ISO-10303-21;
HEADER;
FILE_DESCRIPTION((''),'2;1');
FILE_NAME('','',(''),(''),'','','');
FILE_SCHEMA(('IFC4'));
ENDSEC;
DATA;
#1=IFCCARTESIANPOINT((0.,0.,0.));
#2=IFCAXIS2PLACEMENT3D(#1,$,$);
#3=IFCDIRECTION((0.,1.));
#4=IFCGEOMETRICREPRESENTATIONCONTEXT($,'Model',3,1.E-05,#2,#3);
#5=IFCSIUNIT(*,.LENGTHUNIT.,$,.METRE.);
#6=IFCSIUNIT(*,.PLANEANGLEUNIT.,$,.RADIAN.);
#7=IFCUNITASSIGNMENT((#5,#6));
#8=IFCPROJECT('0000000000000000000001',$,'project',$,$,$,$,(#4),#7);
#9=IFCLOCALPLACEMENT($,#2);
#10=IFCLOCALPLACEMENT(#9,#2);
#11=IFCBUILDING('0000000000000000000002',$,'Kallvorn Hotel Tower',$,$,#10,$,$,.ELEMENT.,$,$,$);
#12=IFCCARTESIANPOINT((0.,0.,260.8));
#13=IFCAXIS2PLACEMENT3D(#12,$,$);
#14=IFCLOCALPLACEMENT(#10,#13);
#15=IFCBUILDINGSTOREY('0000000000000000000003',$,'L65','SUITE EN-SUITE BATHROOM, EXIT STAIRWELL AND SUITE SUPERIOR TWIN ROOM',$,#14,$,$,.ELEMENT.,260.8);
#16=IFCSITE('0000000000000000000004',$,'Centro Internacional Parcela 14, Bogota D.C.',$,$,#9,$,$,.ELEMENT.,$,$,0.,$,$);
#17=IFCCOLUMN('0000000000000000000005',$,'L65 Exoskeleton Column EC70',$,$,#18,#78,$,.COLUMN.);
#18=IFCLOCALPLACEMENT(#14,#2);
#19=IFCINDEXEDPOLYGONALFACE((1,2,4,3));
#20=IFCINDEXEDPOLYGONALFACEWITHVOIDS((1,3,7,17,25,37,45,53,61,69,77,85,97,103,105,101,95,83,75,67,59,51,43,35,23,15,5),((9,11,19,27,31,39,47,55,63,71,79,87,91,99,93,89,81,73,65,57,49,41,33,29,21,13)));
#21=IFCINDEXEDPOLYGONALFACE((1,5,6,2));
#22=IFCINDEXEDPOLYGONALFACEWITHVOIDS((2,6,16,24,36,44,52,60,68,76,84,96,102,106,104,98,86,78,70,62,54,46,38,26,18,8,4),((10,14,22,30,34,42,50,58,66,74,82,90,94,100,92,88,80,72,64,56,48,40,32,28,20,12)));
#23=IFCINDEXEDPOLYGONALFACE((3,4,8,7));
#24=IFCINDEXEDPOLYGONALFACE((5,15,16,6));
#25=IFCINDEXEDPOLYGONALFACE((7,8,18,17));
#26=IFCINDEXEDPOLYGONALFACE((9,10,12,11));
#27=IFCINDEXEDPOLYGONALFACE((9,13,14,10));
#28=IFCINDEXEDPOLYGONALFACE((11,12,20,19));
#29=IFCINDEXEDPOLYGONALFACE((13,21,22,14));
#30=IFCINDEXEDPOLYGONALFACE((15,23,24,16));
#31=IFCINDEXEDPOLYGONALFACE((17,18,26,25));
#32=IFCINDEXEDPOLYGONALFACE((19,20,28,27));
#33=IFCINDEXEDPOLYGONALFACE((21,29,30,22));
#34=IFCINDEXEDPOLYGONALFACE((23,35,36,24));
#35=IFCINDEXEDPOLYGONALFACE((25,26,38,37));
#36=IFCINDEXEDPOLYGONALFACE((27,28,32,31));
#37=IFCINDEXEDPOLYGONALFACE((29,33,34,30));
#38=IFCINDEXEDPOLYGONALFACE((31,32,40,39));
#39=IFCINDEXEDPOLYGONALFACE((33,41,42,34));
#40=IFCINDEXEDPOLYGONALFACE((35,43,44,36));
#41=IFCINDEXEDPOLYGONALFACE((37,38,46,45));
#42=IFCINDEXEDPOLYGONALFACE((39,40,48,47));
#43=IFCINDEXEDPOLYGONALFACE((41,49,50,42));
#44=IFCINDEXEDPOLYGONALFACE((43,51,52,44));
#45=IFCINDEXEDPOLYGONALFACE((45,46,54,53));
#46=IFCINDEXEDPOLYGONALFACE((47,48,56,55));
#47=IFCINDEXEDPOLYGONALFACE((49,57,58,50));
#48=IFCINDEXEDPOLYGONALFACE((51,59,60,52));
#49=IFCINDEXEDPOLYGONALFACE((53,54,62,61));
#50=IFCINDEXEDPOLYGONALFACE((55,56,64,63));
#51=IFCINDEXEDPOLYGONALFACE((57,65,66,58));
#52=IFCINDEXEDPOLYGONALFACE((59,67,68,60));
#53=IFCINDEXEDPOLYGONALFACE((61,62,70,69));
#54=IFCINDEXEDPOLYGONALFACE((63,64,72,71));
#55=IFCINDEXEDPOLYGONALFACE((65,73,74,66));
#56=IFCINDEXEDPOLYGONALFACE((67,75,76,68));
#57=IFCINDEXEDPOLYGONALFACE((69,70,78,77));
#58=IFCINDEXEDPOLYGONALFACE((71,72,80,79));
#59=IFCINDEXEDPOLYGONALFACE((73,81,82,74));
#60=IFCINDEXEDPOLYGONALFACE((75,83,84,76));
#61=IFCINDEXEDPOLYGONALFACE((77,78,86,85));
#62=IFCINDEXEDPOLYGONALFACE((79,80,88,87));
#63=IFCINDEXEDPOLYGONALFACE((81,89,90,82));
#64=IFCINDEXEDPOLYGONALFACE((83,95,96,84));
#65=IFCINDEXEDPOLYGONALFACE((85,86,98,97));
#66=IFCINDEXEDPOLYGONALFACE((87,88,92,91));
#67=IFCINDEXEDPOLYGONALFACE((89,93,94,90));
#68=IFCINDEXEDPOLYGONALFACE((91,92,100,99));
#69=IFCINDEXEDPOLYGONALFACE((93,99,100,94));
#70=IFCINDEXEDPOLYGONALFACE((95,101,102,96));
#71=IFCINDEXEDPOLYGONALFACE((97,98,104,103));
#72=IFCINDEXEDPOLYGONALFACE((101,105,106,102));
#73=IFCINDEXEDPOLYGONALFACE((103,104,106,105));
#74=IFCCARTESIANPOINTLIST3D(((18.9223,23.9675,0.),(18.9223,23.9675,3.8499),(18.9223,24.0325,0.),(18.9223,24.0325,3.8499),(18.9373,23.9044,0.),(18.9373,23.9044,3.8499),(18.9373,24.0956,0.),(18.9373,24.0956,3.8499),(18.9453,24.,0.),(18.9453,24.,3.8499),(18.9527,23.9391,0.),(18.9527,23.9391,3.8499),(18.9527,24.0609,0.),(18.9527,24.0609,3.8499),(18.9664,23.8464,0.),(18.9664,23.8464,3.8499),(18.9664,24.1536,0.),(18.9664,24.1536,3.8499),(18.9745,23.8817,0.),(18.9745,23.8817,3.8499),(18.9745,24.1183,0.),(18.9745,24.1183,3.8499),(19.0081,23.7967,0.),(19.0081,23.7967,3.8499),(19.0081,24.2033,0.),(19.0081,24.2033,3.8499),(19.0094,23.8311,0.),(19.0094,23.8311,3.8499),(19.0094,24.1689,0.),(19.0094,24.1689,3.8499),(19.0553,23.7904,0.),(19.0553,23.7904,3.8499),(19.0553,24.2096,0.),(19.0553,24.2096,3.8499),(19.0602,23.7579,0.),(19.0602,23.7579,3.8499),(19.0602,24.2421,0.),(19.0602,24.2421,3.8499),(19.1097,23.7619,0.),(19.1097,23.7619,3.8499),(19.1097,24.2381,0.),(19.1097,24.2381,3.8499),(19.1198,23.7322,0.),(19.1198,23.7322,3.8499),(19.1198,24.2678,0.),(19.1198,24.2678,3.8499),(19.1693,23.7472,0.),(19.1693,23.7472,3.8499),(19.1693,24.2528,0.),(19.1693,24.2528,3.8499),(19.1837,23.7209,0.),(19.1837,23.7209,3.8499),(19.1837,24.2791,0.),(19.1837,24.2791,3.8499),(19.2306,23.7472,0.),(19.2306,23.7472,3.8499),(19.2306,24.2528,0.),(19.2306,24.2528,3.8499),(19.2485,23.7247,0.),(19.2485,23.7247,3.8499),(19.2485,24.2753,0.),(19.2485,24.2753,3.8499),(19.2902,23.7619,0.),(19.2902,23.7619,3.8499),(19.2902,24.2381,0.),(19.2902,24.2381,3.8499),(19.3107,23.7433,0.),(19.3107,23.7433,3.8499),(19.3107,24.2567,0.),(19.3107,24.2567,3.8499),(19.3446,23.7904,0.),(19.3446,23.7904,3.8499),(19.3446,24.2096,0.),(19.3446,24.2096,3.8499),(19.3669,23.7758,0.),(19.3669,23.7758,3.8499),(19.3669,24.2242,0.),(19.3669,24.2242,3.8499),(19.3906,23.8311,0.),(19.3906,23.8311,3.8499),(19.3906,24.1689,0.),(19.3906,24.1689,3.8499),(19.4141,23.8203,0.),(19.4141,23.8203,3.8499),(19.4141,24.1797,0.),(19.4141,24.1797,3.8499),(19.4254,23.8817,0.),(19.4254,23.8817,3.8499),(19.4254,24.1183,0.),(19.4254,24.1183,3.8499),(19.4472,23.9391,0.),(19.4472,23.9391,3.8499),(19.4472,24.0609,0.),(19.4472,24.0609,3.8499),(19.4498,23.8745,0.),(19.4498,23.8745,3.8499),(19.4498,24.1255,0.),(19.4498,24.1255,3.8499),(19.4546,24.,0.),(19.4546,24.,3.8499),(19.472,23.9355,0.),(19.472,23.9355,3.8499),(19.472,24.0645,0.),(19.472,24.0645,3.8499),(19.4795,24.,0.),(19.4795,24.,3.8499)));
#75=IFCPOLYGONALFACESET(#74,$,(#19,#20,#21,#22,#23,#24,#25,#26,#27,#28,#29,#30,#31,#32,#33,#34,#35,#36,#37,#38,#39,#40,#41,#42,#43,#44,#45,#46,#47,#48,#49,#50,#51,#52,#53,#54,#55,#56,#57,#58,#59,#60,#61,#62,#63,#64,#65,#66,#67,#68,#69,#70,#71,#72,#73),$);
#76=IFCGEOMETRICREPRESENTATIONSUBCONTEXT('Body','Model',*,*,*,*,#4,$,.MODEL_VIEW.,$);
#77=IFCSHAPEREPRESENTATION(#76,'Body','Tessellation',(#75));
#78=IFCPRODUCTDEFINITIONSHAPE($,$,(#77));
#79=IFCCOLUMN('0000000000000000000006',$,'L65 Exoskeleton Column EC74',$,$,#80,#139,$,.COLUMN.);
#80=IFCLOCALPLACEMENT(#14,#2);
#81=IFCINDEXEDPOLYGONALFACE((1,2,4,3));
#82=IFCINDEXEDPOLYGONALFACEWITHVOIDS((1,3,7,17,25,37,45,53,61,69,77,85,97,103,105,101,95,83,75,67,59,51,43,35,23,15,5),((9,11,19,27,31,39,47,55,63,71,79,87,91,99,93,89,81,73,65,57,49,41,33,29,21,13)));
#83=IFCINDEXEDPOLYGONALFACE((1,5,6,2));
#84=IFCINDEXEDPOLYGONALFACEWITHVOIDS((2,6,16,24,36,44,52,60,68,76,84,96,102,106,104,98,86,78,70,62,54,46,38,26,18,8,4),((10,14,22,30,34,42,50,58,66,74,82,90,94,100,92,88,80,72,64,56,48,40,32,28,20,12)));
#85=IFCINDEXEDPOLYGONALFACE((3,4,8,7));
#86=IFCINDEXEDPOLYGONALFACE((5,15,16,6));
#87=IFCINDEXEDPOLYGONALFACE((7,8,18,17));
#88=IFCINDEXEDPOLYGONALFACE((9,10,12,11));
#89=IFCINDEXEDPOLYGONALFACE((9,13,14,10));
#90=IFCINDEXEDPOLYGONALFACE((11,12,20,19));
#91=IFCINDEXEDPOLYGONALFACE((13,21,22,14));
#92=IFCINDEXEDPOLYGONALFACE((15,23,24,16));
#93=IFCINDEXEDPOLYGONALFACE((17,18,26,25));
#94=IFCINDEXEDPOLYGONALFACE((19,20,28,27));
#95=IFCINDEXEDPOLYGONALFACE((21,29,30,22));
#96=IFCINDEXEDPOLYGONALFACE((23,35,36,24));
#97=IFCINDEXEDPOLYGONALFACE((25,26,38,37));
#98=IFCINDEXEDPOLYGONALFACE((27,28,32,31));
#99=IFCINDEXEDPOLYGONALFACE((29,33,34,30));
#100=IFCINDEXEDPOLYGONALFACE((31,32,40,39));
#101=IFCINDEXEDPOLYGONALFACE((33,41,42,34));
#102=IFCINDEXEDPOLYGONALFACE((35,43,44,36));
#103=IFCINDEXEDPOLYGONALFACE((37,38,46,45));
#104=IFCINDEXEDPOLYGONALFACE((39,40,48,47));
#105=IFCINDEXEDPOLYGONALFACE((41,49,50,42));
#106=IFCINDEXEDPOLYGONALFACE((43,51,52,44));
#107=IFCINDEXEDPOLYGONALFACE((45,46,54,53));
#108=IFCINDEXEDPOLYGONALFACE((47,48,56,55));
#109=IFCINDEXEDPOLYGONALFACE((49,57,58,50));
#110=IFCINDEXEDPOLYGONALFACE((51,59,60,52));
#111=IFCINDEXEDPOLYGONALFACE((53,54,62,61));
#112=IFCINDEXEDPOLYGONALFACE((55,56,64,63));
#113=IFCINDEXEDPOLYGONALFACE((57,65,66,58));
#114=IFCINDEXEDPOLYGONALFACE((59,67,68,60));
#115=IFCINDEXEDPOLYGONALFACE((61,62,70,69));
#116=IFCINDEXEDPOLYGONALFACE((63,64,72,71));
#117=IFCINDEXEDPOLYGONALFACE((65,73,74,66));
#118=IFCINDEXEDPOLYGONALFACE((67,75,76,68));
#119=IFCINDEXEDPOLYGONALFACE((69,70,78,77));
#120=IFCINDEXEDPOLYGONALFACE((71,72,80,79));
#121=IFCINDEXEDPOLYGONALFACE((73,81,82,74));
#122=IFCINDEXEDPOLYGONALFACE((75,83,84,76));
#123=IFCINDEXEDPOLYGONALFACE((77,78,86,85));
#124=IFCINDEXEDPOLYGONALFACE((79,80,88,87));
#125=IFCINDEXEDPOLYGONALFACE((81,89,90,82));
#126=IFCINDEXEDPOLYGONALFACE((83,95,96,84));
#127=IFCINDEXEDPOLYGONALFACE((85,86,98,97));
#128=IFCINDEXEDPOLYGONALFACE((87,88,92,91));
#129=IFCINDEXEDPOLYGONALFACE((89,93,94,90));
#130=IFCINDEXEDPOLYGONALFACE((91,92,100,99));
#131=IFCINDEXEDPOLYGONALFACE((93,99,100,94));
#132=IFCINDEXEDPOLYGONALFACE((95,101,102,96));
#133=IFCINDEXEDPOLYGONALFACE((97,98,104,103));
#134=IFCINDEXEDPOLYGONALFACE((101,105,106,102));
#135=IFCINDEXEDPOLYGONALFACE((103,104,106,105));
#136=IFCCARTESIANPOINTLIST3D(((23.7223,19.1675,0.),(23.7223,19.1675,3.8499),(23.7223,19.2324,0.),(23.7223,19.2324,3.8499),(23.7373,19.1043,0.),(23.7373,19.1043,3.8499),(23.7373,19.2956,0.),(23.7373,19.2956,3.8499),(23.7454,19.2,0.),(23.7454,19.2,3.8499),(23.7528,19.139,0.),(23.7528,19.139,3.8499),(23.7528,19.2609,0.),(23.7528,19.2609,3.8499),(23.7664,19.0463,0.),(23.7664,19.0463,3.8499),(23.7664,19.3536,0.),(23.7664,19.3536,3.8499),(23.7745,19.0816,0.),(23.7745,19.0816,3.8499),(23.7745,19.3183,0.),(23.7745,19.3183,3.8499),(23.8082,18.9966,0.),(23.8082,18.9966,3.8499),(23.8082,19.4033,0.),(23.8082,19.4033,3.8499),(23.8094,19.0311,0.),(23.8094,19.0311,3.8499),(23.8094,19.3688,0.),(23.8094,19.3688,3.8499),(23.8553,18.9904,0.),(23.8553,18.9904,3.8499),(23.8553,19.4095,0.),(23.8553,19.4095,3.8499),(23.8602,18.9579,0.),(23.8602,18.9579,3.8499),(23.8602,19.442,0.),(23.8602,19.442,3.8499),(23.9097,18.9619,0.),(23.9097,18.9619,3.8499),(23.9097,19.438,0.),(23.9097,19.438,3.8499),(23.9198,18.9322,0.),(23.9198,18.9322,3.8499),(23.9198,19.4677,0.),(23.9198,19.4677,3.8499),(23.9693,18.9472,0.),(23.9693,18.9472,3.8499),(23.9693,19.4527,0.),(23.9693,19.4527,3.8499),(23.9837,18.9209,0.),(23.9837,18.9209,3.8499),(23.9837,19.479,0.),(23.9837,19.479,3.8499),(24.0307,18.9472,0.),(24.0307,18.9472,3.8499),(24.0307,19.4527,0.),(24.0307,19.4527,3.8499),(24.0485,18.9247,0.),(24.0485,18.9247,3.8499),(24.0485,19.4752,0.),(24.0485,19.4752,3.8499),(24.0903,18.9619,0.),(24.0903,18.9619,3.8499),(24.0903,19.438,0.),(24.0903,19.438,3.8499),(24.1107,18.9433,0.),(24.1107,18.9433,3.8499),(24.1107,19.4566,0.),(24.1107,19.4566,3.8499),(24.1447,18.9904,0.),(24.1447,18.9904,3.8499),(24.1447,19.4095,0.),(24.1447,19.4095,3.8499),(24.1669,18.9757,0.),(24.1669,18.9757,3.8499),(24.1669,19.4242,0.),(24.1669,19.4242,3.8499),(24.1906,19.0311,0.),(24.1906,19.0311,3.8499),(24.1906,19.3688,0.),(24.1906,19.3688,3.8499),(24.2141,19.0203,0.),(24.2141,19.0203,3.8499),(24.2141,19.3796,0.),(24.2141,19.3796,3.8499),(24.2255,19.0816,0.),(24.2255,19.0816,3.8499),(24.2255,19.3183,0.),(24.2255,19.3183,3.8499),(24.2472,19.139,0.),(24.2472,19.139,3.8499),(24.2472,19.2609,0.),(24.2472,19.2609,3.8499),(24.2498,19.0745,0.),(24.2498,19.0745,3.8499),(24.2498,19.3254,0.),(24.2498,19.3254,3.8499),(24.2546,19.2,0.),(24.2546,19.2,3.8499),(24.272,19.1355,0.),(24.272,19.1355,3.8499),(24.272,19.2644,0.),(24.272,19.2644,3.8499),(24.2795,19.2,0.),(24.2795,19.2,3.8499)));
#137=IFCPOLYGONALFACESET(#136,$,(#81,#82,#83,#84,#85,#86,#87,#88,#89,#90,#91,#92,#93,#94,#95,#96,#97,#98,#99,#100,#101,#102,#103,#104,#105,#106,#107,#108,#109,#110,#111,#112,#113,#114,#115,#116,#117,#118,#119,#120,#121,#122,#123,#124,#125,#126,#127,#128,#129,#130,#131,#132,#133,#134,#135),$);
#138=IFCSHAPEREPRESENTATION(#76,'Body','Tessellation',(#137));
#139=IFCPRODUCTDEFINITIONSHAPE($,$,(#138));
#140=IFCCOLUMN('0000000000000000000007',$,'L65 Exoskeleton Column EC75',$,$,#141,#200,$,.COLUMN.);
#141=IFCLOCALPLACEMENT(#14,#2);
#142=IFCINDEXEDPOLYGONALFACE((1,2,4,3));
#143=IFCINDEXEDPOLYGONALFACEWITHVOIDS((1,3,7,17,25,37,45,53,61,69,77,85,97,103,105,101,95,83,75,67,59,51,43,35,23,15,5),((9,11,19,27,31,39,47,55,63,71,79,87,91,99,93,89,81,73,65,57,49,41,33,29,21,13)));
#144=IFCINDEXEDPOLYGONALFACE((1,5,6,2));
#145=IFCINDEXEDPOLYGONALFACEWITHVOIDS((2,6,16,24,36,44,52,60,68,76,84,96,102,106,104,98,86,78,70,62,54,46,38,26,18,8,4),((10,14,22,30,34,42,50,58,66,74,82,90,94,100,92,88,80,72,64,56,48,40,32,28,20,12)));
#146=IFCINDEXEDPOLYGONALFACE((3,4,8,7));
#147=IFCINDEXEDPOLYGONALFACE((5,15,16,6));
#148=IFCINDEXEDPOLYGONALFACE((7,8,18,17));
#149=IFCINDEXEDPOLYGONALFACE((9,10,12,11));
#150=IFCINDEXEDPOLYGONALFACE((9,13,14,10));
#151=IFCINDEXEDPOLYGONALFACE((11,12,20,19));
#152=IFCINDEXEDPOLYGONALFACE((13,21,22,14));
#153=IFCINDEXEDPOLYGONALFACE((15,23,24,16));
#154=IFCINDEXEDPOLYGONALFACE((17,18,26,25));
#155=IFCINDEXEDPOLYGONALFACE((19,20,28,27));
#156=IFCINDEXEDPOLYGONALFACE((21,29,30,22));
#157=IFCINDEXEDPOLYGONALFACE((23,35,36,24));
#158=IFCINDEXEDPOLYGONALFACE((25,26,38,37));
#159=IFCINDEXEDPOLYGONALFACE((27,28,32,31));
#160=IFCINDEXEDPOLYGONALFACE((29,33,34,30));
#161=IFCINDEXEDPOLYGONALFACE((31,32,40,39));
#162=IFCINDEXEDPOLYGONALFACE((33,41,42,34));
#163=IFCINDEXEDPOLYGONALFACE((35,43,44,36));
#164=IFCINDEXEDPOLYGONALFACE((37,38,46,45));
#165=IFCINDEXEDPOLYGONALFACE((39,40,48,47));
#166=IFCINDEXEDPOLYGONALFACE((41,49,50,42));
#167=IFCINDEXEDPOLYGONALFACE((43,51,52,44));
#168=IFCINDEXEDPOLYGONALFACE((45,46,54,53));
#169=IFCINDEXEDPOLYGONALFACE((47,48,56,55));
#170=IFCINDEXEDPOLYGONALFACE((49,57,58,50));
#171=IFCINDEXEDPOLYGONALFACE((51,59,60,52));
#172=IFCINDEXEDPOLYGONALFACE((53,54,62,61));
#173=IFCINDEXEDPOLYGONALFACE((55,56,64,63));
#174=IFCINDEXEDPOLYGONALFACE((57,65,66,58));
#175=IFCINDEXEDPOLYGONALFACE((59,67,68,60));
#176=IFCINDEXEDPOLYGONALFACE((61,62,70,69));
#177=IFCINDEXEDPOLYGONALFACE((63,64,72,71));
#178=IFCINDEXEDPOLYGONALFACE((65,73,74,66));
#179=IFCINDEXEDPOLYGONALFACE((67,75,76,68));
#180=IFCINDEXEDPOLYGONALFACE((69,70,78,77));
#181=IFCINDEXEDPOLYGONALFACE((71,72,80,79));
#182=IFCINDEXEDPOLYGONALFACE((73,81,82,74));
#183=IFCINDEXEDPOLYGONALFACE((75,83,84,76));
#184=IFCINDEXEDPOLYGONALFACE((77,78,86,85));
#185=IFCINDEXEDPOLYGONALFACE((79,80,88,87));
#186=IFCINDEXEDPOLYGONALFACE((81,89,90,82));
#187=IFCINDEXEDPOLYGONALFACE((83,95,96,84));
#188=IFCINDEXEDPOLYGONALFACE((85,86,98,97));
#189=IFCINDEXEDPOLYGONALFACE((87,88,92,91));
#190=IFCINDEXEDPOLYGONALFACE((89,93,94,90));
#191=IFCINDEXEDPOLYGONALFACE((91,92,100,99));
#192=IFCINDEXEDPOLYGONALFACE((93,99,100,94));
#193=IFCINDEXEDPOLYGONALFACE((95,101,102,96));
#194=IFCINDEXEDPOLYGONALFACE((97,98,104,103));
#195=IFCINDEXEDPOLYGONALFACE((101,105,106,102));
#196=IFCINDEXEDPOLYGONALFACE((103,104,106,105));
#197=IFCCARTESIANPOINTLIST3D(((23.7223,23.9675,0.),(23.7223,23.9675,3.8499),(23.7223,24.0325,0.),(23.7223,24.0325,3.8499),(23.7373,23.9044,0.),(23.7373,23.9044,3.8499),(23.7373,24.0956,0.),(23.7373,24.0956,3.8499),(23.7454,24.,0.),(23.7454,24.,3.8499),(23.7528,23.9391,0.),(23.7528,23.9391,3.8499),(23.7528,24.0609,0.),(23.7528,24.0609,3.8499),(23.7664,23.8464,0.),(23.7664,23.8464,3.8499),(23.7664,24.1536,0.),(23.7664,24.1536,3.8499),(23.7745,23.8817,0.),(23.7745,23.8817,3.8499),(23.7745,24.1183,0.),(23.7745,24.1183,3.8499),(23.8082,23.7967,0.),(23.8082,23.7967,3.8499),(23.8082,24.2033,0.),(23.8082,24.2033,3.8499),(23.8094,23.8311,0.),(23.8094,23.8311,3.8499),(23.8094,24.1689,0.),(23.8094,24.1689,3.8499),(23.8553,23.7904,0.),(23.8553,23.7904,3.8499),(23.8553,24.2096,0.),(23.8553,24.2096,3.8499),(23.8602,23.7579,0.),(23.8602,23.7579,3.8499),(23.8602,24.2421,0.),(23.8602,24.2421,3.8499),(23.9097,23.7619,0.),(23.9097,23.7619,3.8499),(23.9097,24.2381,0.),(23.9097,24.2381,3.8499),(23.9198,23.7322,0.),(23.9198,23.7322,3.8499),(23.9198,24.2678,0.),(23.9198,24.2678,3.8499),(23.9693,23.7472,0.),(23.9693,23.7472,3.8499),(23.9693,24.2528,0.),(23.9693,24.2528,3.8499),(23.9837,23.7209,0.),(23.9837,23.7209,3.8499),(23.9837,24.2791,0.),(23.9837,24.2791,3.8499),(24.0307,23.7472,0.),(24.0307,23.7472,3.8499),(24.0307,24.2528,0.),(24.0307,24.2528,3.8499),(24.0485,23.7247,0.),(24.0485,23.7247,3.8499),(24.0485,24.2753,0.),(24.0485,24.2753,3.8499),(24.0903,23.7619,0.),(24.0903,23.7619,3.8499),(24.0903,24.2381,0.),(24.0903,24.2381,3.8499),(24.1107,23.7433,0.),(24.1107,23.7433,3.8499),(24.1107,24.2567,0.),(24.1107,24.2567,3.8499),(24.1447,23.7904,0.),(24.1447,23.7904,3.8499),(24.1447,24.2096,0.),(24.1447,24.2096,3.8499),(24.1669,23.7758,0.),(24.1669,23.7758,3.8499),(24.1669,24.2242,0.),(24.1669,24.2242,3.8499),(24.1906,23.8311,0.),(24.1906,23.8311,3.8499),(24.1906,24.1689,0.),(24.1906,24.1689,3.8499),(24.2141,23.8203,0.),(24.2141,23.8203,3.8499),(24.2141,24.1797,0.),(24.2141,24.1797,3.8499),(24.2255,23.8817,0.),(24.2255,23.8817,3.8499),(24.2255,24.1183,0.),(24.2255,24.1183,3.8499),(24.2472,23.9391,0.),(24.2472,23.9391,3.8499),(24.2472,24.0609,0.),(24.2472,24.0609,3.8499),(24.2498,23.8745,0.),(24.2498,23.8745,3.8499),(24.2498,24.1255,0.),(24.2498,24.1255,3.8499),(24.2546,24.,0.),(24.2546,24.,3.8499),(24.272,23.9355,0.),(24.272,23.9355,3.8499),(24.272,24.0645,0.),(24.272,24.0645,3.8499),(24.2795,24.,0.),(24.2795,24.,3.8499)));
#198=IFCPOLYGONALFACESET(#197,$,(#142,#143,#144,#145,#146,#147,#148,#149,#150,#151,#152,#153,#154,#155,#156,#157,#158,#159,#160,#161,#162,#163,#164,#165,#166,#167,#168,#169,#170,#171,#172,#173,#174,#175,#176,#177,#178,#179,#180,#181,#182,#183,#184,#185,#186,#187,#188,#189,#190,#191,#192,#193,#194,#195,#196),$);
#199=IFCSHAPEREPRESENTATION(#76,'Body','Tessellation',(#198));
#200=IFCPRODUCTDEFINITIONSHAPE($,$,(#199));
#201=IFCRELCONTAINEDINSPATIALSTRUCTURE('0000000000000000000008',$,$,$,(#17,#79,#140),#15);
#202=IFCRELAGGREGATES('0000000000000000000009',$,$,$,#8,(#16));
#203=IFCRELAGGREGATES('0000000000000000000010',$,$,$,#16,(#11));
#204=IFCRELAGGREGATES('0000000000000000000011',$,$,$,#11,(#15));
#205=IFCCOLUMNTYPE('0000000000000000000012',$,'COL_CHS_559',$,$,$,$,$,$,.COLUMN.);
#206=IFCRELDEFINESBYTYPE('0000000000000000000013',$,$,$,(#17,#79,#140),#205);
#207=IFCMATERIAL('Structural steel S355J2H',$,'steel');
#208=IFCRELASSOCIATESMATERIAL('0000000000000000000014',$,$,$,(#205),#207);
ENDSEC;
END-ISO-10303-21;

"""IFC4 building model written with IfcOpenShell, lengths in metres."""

from ifc_helpers import new_model, si_unit, direction, frame, origin, origin_2d, place, context, subcontext, project, spatial, hollow_circle, extrude, material, material_profile, profile_set, type_object, element, save


model = new_model("IFC4")

# Units and contexts
model_context = context("Model", 3, precision=1e-05, world=origin(), true_north=direction((0.0, 1.0)))
body_context = subcontext(model_context, "Body", "Model", "MODEL_VIEW")
ifc_project = project(units=[si_unit("LENGTHUNIT", "METRE"), si_unit("PLANEANGLEUNIT", "RADIAN")], contexts=[model_context])

# Site, building, storey
site_placement = place(None, origin())
site = spatial("IfcSite", under=ifc_project, at=site_placement, Name="Centro Internacional Parcela 14, Bogota D.C.", CompositionType="ELEMENT", RefElevation=0.0)
building_placement = place(site_placement, origin())
building = spatial("IfcBuilding", under=site, at=building_placement, Name="Kallvorn Hotel Tower", CompositionType="ELEMENT")
storey_placement = place(building_placement, frame((0.0, 0.0, 260.8)))
storey = spatial("IfcBuildingStorey", under=building, at=storey_placement, Name="L65", Description="SUITE EN-SUITE BATHROOM, EXIT STAIRWELL AND SUITE SUPERIOR TWIN ROOM", CompositionType="ELEMENT", Elevation=260.8)

# Columns
ifc_material_1 = material(Name="Structural steel S355J2H", Category="steel")
ifc_material_profile_1 = material_profile(ifc_material_1, hollow_circle(Radius=0.2795, WallThickness=0.0249, at=origin_2d()), Name="CHS 559x25")
ifc_profile_set_1 = profile_set([ifc_material_profile_1], Name="Structural steel S355J2H")
column_type = type_object("IfcColumnType", Name="COL_CHS_559", PredefinedType="COLUMN", material=ifc_profile_set_1)
for number, where, z_axis, x_axis, name in (
    (1, (19.2, 24.0, 0.0), (0.0, 0.0, 1.0), (1.0, 0.0, 0.0), "L65 Exoskeleton Column EC70"),
    (2, (24.0, 19.2, 0.0), (0.0, 0.0, 1.0), (1.0, 0.0, 0.0), "L65 Exoskeleton Column EC74"),
    (3, (24.0, 24.0, 0.0), (0.0, 0.0, 1.0), (1.0, 0.0, 0.0), "L65 Exoskeleton Column EC75"),
):
    element("IfcColumn", number, at=place(storey_placement, frame(where, z_axis=z_axis, x_axis=x_axis)), inside=storey, type_object=column_type, Name=name, PredefinedType="COLUMN", context=body_context, shape_type="SweptSolid", body=[
        extrude(hollow_circle(Radius=0.2795, WallThickness=0.0249, at=origin_2d()), origin(), (0.0, 0.0, 1.0), 3.8499),
    ])

save(model, "model.ifc")
